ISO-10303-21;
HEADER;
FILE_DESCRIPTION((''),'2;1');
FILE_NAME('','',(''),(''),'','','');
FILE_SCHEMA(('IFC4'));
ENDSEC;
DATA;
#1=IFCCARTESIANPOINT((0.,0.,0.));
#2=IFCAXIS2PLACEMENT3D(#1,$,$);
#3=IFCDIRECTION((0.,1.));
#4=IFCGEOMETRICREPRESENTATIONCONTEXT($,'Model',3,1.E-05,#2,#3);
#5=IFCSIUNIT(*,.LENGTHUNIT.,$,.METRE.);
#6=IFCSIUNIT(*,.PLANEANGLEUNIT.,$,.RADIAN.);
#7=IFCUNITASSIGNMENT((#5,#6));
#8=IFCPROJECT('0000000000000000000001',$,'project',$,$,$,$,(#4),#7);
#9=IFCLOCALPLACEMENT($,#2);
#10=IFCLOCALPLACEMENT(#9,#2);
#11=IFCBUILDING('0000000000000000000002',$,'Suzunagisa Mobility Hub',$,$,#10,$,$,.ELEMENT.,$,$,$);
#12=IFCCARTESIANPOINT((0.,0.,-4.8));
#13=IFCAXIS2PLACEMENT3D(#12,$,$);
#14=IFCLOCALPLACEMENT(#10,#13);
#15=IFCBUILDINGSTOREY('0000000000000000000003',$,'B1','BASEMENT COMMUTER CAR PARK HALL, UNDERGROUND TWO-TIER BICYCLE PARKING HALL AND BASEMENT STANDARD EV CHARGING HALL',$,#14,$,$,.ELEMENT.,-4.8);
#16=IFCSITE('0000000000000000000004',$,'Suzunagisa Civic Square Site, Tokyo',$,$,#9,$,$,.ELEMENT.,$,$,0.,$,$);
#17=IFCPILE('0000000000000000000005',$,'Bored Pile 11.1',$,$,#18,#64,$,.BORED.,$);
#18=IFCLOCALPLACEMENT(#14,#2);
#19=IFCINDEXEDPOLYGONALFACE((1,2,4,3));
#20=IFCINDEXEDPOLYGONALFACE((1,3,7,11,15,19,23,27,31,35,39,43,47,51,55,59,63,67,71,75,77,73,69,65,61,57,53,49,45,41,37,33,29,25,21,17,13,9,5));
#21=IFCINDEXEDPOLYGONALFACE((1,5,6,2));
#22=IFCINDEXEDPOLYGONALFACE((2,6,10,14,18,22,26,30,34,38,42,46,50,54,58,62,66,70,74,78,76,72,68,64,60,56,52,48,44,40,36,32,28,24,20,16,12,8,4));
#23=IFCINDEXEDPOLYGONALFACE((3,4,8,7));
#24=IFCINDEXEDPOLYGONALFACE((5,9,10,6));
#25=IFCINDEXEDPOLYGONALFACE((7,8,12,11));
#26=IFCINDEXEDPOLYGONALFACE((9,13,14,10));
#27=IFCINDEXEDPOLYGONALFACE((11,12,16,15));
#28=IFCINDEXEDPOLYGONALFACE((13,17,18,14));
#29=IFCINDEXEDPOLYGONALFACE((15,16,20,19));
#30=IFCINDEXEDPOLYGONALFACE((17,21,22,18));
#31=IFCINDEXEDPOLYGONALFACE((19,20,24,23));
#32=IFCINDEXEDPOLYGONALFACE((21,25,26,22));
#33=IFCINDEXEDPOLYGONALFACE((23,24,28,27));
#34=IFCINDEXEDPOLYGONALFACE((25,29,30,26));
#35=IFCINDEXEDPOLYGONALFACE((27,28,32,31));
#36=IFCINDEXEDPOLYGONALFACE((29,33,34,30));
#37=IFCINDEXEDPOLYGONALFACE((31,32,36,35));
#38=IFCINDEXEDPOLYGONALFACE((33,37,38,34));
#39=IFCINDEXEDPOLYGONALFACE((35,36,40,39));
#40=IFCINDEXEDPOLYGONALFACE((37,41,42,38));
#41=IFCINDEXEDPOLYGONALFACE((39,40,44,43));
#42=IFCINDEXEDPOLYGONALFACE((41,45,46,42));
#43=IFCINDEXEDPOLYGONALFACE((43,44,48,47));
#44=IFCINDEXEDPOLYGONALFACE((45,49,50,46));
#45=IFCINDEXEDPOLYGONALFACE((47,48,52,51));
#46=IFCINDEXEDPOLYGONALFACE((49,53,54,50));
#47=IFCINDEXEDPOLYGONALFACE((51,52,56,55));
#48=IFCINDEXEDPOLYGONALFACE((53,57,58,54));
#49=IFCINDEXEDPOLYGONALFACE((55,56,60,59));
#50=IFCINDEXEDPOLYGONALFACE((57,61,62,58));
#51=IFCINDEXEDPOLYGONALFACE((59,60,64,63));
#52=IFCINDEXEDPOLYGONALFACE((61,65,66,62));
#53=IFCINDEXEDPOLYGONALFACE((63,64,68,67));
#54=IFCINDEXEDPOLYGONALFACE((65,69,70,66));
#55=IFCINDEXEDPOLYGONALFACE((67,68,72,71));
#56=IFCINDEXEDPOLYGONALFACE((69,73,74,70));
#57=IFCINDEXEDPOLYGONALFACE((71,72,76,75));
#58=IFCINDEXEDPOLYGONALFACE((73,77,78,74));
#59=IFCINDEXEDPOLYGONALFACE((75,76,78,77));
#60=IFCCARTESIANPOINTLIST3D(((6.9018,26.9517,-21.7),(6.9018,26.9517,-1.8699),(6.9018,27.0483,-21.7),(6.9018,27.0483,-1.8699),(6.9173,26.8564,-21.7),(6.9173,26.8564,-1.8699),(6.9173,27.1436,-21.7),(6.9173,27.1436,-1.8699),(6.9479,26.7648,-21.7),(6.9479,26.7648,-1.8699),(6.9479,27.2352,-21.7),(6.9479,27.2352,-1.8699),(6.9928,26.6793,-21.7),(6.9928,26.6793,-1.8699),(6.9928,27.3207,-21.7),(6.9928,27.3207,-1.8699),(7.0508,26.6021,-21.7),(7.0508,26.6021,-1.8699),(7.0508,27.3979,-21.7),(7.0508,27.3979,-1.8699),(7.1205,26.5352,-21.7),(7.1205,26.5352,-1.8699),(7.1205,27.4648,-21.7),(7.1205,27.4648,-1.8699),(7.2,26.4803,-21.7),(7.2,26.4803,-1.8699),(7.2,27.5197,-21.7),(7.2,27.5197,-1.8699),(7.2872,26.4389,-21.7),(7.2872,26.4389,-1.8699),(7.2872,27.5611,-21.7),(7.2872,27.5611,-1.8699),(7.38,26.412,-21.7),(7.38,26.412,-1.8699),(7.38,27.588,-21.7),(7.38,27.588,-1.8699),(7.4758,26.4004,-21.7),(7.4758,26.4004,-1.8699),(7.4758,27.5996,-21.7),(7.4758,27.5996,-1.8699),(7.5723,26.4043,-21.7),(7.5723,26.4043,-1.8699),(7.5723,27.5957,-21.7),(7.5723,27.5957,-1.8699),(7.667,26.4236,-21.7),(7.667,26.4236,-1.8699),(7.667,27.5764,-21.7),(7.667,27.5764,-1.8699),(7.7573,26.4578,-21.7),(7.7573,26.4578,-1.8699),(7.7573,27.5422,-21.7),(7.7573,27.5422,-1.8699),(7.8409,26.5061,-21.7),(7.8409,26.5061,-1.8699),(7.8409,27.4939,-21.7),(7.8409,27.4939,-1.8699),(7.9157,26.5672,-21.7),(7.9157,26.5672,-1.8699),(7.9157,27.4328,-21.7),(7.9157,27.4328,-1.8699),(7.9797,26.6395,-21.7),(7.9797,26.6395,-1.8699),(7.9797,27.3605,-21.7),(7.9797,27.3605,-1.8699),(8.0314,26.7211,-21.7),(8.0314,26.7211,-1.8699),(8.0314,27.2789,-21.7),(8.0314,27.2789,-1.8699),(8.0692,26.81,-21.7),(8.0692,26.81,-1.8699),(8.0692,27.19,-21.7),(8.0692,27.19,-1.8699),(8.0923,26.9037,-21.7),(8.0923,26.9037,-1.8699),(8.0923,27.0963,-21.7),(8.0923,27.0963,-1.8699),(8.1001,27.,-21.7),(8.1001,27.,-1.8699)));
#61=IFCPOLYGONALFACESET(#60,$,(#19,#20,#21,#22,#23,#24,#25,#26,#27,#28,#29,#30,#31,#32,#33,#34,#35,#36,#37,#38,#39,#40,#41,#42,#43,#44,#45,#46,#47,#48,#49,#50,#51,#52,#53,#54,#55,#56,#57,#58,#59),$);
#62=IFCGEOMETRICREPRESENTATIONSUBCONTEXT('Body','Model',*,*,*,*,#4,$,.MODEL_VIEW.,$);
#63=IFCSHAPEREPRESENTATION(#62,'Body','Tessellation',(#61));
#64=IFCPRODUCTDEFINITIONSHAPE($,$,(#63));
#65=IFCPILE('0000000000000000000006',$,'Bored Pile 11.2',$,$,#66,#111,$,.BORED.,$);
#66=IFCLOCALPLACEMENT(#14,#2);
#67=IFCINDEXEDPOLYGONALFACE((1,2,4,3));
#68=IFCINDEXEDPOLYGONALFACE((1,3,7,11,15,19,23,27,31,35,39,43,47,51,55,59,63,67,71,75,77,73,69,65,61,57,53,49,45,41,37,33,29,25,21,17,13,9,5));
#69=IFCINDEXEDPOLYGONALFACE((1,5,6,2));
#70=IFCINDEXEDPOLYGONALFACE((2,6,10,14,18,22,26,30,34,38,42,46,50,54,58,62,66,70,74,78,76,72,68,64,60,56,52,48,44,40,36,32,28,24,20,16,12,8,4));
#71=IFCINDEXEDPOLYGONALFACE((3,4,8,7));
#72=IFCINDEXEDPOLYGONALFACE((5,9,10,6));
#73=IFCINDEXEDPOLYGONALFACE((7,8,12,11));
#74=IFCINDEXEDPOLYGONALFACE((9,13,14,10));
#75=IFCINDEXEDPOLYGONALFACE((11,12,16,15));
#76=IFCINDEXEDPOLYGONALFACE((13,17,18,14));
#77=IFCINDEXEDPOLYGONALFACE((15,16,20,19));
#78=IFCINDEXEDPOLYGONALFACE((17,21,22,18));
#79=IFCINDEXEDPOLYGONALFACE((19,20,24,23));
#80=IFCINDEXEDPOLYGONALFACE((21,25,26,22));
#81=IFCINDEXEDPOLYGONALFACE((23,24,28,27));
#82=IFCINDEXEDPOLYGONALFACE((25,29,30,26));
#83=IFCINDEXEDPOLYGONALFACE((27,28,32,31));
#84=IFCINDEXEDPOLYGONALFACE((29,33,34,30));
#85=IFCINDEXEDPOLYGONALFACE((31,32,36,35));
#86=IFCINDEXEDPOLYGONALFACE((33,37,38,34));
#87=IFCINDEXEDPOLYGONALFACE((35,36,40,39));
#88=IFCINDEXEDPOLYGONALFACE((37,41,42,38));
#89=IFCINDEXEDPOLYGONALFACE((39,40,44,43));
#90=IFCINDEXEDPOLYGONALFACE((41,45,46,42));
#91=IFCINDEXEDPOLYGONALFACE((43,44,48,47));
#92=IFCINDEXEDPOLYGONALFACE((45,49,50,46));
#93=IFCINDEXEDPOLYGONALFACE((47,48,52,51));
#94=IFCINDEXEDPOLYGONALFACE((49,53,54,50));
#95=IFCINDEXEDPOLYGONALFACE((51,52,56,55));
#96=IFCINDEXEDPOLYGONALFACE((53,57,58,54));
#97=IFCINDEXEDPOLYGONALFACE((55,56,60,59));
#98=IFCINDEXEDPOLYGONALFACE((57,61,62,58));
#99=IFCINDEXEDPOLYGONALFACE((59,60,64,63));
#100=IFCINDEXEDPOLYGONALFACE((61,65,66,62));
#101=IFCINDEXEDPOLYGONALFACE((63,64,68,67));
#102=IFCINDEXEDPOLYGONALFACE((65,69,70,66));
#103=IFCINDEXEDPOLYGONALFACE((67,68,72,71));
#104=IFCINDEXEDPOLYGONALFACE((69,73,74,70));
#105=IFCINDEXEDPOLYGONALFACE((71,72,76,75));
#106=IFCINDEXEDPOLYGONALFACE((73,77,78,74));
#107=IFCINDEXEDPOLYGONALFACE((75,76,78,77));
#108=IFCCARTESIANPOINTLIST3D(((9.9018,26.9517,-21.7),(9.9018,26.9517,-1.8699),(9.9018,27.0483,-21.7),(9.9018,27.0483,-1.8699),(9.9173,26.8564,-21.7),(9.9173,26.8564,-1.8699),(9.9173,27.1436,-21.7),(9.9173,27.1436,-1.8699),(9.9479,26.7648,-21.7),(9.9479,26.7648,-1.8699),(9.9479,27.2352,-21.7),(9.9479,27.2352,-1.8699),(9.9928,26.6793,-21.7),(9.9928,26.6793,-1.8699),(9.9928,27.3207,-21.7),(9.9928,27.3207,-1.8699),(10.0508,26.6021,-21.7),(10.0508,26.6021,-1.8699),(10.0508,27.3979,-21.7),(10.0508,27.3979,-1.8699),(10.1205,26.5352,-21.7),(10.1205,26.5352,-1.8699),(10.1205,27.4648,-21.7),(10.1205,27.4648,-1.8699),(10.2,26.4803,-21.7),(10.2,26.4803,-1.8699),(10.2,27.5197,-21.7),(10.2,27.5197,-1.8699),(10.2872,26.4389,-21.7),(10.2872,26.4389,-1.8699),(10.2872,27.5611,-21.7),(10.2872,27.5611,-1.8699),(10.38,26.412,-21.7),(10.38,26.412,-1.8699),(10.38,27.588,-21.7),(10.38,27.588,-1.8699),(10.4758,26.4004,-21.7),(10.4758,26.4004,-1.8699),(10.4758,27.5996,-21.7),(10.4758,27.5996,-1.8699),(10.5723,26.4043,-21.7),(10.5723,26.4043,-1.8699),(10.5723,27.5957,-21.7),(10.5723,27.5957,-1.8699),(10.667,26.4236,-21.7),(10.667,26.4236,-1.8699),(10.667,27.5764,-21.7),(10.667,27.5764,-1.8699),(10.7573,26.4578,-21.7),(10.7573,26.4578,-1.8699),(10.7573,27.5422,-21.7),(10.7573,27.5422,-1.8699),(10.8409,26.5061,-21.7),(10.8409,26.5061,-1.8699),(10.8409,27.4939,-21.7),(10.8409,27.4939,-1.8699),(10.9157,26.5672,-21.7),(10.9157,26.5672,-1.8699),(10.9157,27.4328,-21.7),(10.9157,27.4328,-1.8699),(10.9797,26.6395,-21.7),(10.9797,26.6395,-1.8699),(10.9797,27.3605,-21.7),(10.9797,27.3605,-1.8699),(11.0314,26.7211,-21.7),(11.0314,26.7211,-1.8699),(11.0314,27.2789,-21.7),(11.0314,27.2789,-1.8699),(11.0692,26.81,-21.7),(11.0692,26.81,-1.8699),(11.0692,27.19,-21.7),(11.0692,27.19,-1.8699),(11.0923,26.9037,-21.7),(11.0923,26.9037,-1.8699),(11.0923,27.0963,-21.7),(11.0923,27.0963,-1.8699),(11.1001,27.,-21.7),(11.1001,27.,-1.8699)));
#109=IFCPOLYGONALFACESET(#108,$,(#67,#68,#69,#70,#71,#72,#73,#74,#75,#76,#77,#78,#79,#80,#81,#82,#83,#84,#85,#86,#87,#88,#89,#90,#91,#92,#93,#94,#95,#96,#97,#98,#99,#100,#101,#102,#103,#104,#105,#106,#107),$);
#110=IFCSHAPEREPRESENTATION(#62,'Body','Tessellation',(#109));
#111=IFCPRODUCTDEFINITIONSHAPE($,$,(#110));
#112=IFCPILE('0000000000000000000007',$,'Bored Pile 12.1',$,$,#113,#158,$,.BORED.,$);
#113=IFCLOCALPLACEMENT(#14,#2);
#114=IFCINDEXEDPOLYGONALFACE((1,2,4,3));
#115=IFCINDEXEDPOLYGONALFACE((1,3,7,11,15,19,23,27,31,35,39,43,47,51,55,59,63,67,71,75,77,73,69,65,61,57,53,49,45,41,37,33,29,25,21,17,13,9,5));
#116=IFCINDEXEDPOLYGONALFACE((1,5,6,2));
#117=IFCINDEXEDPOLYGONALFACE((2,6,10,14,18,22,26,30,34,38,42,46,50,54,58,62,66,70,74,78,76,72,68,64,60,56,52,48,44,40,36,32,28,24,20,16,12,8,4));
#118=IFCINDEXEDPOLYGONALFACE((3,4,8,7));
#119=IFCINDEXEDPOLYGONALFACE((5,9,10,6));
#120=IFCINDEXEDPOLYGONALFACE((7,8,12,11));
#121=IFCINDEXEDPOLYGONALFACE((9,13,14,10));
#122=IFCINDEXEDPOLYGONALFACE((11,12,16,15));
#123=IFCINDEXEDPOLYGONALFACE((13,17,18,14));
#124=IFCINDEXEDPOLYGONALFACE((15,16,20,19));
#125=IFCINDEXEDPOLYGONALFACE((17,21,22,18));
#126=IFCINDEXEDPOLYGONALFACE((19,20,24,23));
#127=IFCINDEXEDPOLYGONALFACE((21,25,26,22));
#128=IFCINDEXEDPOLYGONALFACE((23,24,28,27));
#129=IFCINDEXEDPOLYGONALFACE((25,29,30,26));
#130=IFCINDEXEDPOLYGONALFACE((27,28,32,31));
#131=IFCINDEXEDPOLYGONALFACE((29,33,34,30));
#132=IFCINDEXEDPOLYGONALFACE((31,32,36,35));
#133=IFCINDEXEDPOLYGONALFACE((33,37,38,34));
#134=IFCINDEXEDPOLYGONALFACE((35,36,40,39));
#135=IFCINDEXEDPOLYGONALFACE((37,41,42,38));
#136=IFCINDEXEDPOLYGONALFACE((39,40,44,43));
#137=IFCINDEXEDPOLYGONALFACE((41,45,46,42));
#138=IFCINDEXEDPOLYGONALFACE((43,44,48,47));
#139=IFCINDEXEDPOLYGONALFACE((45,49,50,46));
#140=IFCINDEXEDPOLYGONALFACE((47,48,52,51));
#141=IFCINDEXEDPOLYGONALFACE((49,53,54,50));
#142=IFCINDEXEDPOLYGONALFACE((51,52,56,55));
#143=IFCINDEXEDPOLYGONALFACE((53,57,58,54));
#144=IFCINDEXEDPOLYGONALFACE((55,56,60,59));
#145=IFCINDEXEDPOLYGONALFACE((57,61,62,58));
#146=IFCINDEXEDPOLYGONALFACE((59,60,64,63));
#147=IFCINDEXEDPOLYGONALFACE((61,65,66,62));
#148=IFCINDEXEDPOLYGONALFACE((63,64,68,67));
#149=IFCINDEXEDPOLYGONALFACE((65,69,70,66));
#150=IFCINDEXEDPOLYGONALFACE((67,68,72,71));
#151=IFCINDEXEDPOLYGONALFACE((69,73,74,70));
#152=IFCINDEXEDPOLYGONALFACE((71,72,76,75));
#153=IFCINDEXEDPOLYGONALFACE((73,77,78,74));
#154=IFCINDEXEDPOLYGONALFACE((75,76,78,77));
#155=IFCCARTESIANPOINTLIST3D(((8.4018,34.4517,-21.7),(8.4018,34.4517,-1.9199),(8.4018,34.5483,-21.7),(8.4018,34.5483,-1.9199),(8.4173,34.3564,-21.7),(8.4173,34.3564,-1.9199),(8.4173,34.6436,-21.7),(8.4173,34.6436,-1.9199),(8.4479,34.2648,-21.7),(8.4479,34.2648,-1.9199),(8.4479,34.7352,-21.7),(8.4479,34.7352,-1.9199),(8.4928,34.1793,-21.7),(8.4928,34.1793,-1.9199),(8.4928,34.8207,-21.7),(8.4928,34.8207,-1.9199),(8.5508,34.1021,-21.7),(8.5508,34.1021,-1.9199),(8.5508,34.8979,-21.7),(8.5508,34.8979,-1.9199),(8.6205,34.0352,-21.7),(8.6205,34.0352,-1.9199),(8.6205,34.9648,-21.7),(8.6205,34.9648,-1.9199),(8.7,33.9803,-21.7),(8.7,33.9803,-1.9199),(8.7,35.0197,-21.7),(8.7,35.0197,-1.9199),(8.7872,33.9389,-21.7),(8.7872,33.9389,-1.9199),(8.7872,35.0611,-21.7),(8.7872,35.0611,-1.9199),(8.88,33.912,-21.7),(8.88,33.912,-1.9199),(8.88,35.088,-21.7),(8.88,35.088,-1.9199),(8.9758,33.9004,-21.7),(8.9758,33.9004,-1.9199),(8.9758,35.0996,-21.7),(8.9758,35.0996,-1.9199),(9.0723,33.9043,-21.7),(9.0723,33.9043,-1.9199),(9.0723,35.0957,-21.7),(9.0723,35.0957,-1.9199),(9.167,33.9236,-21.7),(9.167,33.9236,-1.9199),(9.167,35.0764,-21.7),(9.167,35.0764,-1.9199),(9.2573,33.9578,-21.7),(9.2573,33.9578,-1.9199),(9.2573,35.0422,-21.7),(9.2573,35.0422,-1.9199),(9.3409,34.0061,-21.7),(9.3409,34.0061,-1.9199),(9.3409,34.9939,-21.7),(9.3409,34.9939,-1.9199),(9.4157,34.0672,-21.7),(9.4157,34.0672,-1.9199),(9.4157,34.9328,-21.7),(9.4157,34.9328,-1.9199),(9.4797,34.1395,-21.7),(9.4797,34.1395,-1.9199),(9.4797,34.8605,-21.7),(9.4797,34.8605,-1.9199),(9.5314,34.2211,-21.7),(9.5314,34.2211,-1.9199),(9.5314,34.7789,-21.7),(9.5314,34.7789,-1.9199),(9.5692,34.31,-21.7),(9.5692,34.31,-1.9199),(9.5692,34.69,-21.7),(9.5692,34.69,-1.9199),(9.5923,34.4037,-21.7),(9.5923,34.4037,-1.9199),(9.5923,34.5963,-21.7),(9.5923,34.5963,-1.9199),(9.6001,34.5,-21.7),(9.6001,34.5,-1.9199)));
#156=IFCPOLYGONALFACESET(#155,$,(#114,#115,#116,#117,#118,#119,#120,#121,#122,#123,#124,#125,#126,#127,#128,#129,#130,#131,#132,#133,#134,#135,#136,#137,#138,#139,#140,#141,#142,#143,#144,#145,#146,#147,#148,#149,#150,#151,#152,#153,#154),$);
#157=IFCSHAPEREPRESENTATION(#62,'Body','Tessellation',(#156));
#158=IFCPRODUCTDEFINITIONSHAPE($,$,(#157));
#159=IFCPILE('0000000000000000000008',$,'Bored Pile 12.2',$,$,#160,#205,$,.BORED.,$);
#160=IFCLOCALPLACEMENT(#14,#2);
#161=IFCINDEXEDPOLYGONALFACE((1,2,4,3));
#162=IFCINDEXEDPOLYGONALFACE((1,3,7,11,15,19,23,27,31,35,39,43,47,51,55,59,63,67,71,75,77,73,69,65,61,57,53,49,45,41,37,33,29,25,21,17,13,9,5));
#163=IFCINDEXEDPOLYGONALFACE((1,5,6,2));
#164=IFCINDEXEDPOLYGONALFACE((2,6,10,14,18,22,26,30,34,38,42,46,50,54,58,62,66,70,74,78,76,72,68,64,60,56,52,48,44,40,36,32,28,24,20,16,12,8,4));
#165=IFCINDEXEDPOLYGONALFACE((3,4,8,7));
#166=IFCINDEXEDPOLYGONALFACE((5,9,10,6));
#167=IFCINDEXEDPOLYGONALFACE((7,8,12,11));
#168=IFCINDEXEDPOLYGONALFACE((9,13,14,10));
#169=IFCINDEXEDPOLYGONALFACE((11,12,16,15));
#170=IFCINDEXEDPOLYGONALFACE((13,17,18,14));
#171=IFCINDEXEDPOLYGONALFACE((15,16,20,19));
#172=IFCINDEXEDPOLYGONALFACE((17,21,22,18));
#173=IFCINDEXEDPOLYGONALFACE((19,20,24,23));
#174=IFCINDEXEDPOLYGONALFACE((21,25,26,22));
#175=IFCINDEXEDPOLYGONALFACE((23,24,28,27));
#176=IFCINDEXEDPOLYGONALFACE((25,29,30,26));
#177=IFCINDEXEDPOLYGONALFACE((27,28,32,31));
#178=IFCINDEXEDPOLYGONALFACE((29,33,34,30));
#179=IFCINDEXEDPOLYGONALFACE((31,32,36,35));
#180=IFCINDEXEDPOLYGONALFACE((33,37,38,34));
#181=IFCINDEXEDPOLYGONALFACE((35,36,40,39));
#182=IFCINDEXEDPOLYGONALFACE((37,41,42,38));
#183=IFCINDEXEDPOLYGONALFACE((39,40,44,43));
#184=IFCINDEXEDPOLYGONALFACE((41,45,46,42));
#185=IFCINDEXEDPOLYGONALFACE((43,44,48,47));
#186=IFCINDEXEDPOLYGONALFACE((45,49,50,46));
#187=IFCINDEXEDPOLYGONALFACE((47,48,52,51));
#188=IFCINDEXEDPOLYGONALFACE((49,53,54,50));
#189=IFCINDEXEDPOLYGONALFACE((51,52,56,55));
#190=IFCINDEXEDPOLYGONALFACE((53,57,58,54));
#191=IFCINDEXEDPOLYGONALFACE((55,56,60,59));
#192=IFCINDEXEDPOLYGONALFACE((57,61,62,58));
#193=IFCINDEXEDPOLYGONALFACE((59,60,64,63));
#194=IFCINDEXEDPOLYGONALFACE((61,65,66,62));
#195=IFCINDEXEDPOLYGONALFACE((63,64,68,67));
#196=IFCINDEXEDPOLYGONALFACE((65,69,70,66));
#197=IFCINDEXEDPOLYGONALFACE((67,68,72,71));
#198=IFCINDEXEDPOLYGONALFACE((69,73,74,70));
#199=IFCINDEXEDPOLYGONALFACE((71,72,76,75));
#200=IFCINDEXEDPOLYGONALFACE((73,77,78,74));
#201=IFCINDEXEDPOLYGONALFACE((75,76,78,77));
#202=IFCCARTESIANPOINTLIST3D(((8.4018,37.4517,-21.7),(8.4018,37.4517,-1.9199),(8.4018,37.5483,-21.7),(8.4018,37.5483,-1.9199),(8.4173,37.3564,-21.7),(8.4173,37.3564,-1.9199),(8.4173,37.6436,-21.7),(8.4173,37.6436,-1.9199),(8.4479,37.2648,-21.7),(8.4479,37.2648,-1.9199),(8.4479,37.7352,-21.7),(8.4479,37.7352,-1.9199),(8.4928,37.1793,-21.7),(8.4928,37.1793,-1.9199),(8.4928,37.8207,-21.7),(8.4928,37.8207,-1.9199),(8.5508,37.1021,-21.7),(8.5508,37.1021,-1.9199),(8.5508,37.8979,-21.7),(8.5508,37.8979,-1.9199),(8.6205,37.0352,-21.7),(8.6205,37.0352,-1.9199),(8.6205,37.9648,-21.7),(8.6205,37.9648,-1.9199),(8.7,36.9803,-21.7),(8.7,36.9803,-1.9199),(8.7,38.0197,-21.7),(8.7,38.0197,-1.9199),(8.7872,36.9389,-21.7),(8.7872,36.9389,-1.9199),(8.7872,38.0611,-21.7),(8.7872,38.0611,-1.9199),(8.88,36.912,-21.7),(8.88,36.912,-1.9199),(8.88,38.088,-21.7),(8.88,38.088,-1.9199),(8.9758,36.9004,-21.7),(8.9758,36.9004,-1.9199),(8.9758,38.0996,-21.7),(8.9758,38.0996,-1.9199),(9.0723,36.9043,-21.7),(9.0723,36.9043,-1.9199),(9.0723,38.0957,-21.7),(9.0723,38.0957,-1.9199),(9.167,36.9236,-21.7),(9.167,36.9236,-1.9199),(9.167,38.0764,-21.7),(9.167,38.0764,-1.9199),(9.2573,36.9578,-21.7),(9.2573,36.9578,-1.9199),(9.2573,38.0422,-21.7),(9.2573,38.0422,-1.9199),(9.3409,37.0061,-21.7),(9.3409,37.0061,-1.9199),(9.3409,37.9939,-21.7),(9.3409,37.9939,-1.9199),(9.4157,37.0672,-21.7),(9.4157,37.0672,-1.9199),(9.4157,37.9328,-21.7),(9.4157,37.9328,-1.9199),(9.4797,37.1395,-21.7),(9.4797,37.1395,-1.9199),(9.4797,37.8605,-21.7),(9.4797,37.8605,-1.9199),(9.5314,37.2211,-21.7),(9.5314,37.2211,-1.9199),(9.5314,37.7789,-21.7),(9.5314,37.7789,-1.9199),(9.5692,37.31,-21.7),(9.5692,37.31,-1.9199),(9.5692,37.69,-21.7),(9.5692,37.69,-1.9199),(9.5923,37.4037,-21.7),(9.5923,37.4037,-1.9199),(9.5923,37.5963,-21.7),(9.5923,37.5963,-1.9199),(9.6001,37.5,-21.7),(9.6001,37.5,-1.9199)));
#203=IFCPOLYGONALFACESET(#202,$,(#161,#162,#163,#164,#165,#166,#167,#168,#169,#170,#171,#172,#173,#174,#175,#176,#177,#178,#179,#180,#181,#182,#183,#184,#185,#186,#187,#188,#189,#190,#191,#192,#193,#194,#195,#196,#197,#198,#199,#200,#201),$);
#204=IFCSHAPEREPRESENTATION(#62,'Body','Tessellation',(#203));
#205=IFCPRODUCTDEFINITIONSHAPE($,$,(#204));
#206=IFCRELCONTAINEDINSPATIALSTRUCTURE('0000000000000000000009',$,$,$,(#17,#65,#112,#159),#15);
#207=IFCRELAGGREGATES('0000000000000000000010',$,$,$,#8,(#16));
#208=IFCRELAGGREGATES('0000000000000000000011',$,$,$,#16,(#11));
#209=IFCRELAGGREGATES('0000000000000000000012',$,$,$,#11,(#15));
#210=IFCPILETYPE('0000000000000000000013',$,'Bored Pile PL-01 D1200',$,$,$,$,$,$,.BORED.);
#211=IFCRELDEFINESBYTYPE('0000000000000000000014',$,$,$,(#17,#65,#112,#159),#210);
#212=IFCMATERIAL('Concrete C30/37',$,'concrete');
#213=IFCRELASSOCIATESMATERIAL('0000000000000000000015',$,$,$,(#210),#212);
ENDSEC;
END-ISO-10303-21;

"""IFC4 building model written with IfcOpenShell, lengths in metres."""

from ifc_helpers import new_model, si_unit, direction, frame, origin, origin_2d, place, context, subcontext, project, spatial, circle, extrude, material, material_profile, profile_set, type_object, element, save


model = new_model("IFC4")

# Units and contexts
model_context = context("Model", 3, precision=1e-05, world=origin(), true_north=direction((0.0, 1.0)))
body_context = subcontext(model_context, "Body", "Model", "MODEL_VIEW")
ifc_project = project(units=[si_unit("LENGTHUNIT", "METRE"), si_unit("PLANEANGLEUNIT", "RADIAN")], contexts=[model_context])

# Site, building, storey
site_placement = place(None, origin())
site = spatial("IfcSite", under=ifc_project, at=site_placement, Name="Suzunagisa Civic Square Site, Tokyo", CompositionType="ELEMENT", RefElevation=0.0)
building_placement = place(site_placement, origin())
building = spatial("IfcBuilding", under=site, at=building_placement, Name="Suzunagisa Mobility Hub", CompositionType="ELEMENT")
storey_placement = place(building_placement, frame((0.0, 0.0, -4.8)))
storey = spatial("IfcBuildingStorey", under=building, at=storey_placement, Name="B1", Description="BASEMENT COMMUTER CAR PARK HALL, UNDERGROUND TWO-TIER BICYCLE PARKING HALL AND BASEMENT STANDARD EV CHARGING HALL", CompositionType="ELEMENT", Elevation=-4.8)

# Piles
ifc_material_1 = material(Name="Concrete C30/37", Category="concrete")
ifc_material_profile_1 = material_profile(ifc_material_1, circle(Radius=0.6001, at=origin_2d()), Name="BORED PILE D1200")
ifc_profile_set_1 = profile_set([ifc_material_profile_1], Name="Concrete C30/37")
pile_type = type_object("IfcPileType", Name="Bored Pile PL-01 D1200", PredefinedType="BORED", material=ifc_profile_set_1)
for number, where, z_axis, x_axis, name in (
    (1, (7.5, 27.0, -1.8699), (0.0, 0.0, -1.0), (1.0, 0.0, 0.0), "Bored Pile 11.1"),
    (2, (10.5, 27.0, -1.8699), (0.0, 0.0, -1.0), (1.0, 0.0, 0.0), "Bored Pile 11.2"),
):
    element("IfcPile", number, at=place(storey_placement, frame(where, z_axis=z_axis, x_axis=x_axis)), inside=storey, type_object=pile_type, Name=name, PredefinedType="BORED", context=body_context, shape_type="SweptSolid", body=[
        extrude(circle(Radius=0.6001, at=origin_2d()), origin(), (0.0, 0.0, 1.0), 19.8301),
    ])
for number, where, z_axis, x_axis, name in (
    (3, (9.0, 34.5, -1.9199), (0.0, 0.0, -1.0), (1.0, 0.0, 0.0), "Bored Pile 12.1"),
    (4, (9.0, 37.5, -1.9199), (0.0, 0.0, -1.0), (1.0, 0.0, 0.0), "Bored Pile 12.2"),
):
    element("IfcPile", number, at=place(storey_placement, frame(where, z_axis=z_axis, x_axis=x_axis)), inside=storey, type_object=pile_type, Name=name, PredefinedType="BORED", context=body_context, shape_type="SweptSolid", body=[
        extrude(circle(Radius=0.6001, at=origin_2d()), origin(), (0.0, 0.0, 1.0), 19.78),
    ])

save(model, "model.ifc")
